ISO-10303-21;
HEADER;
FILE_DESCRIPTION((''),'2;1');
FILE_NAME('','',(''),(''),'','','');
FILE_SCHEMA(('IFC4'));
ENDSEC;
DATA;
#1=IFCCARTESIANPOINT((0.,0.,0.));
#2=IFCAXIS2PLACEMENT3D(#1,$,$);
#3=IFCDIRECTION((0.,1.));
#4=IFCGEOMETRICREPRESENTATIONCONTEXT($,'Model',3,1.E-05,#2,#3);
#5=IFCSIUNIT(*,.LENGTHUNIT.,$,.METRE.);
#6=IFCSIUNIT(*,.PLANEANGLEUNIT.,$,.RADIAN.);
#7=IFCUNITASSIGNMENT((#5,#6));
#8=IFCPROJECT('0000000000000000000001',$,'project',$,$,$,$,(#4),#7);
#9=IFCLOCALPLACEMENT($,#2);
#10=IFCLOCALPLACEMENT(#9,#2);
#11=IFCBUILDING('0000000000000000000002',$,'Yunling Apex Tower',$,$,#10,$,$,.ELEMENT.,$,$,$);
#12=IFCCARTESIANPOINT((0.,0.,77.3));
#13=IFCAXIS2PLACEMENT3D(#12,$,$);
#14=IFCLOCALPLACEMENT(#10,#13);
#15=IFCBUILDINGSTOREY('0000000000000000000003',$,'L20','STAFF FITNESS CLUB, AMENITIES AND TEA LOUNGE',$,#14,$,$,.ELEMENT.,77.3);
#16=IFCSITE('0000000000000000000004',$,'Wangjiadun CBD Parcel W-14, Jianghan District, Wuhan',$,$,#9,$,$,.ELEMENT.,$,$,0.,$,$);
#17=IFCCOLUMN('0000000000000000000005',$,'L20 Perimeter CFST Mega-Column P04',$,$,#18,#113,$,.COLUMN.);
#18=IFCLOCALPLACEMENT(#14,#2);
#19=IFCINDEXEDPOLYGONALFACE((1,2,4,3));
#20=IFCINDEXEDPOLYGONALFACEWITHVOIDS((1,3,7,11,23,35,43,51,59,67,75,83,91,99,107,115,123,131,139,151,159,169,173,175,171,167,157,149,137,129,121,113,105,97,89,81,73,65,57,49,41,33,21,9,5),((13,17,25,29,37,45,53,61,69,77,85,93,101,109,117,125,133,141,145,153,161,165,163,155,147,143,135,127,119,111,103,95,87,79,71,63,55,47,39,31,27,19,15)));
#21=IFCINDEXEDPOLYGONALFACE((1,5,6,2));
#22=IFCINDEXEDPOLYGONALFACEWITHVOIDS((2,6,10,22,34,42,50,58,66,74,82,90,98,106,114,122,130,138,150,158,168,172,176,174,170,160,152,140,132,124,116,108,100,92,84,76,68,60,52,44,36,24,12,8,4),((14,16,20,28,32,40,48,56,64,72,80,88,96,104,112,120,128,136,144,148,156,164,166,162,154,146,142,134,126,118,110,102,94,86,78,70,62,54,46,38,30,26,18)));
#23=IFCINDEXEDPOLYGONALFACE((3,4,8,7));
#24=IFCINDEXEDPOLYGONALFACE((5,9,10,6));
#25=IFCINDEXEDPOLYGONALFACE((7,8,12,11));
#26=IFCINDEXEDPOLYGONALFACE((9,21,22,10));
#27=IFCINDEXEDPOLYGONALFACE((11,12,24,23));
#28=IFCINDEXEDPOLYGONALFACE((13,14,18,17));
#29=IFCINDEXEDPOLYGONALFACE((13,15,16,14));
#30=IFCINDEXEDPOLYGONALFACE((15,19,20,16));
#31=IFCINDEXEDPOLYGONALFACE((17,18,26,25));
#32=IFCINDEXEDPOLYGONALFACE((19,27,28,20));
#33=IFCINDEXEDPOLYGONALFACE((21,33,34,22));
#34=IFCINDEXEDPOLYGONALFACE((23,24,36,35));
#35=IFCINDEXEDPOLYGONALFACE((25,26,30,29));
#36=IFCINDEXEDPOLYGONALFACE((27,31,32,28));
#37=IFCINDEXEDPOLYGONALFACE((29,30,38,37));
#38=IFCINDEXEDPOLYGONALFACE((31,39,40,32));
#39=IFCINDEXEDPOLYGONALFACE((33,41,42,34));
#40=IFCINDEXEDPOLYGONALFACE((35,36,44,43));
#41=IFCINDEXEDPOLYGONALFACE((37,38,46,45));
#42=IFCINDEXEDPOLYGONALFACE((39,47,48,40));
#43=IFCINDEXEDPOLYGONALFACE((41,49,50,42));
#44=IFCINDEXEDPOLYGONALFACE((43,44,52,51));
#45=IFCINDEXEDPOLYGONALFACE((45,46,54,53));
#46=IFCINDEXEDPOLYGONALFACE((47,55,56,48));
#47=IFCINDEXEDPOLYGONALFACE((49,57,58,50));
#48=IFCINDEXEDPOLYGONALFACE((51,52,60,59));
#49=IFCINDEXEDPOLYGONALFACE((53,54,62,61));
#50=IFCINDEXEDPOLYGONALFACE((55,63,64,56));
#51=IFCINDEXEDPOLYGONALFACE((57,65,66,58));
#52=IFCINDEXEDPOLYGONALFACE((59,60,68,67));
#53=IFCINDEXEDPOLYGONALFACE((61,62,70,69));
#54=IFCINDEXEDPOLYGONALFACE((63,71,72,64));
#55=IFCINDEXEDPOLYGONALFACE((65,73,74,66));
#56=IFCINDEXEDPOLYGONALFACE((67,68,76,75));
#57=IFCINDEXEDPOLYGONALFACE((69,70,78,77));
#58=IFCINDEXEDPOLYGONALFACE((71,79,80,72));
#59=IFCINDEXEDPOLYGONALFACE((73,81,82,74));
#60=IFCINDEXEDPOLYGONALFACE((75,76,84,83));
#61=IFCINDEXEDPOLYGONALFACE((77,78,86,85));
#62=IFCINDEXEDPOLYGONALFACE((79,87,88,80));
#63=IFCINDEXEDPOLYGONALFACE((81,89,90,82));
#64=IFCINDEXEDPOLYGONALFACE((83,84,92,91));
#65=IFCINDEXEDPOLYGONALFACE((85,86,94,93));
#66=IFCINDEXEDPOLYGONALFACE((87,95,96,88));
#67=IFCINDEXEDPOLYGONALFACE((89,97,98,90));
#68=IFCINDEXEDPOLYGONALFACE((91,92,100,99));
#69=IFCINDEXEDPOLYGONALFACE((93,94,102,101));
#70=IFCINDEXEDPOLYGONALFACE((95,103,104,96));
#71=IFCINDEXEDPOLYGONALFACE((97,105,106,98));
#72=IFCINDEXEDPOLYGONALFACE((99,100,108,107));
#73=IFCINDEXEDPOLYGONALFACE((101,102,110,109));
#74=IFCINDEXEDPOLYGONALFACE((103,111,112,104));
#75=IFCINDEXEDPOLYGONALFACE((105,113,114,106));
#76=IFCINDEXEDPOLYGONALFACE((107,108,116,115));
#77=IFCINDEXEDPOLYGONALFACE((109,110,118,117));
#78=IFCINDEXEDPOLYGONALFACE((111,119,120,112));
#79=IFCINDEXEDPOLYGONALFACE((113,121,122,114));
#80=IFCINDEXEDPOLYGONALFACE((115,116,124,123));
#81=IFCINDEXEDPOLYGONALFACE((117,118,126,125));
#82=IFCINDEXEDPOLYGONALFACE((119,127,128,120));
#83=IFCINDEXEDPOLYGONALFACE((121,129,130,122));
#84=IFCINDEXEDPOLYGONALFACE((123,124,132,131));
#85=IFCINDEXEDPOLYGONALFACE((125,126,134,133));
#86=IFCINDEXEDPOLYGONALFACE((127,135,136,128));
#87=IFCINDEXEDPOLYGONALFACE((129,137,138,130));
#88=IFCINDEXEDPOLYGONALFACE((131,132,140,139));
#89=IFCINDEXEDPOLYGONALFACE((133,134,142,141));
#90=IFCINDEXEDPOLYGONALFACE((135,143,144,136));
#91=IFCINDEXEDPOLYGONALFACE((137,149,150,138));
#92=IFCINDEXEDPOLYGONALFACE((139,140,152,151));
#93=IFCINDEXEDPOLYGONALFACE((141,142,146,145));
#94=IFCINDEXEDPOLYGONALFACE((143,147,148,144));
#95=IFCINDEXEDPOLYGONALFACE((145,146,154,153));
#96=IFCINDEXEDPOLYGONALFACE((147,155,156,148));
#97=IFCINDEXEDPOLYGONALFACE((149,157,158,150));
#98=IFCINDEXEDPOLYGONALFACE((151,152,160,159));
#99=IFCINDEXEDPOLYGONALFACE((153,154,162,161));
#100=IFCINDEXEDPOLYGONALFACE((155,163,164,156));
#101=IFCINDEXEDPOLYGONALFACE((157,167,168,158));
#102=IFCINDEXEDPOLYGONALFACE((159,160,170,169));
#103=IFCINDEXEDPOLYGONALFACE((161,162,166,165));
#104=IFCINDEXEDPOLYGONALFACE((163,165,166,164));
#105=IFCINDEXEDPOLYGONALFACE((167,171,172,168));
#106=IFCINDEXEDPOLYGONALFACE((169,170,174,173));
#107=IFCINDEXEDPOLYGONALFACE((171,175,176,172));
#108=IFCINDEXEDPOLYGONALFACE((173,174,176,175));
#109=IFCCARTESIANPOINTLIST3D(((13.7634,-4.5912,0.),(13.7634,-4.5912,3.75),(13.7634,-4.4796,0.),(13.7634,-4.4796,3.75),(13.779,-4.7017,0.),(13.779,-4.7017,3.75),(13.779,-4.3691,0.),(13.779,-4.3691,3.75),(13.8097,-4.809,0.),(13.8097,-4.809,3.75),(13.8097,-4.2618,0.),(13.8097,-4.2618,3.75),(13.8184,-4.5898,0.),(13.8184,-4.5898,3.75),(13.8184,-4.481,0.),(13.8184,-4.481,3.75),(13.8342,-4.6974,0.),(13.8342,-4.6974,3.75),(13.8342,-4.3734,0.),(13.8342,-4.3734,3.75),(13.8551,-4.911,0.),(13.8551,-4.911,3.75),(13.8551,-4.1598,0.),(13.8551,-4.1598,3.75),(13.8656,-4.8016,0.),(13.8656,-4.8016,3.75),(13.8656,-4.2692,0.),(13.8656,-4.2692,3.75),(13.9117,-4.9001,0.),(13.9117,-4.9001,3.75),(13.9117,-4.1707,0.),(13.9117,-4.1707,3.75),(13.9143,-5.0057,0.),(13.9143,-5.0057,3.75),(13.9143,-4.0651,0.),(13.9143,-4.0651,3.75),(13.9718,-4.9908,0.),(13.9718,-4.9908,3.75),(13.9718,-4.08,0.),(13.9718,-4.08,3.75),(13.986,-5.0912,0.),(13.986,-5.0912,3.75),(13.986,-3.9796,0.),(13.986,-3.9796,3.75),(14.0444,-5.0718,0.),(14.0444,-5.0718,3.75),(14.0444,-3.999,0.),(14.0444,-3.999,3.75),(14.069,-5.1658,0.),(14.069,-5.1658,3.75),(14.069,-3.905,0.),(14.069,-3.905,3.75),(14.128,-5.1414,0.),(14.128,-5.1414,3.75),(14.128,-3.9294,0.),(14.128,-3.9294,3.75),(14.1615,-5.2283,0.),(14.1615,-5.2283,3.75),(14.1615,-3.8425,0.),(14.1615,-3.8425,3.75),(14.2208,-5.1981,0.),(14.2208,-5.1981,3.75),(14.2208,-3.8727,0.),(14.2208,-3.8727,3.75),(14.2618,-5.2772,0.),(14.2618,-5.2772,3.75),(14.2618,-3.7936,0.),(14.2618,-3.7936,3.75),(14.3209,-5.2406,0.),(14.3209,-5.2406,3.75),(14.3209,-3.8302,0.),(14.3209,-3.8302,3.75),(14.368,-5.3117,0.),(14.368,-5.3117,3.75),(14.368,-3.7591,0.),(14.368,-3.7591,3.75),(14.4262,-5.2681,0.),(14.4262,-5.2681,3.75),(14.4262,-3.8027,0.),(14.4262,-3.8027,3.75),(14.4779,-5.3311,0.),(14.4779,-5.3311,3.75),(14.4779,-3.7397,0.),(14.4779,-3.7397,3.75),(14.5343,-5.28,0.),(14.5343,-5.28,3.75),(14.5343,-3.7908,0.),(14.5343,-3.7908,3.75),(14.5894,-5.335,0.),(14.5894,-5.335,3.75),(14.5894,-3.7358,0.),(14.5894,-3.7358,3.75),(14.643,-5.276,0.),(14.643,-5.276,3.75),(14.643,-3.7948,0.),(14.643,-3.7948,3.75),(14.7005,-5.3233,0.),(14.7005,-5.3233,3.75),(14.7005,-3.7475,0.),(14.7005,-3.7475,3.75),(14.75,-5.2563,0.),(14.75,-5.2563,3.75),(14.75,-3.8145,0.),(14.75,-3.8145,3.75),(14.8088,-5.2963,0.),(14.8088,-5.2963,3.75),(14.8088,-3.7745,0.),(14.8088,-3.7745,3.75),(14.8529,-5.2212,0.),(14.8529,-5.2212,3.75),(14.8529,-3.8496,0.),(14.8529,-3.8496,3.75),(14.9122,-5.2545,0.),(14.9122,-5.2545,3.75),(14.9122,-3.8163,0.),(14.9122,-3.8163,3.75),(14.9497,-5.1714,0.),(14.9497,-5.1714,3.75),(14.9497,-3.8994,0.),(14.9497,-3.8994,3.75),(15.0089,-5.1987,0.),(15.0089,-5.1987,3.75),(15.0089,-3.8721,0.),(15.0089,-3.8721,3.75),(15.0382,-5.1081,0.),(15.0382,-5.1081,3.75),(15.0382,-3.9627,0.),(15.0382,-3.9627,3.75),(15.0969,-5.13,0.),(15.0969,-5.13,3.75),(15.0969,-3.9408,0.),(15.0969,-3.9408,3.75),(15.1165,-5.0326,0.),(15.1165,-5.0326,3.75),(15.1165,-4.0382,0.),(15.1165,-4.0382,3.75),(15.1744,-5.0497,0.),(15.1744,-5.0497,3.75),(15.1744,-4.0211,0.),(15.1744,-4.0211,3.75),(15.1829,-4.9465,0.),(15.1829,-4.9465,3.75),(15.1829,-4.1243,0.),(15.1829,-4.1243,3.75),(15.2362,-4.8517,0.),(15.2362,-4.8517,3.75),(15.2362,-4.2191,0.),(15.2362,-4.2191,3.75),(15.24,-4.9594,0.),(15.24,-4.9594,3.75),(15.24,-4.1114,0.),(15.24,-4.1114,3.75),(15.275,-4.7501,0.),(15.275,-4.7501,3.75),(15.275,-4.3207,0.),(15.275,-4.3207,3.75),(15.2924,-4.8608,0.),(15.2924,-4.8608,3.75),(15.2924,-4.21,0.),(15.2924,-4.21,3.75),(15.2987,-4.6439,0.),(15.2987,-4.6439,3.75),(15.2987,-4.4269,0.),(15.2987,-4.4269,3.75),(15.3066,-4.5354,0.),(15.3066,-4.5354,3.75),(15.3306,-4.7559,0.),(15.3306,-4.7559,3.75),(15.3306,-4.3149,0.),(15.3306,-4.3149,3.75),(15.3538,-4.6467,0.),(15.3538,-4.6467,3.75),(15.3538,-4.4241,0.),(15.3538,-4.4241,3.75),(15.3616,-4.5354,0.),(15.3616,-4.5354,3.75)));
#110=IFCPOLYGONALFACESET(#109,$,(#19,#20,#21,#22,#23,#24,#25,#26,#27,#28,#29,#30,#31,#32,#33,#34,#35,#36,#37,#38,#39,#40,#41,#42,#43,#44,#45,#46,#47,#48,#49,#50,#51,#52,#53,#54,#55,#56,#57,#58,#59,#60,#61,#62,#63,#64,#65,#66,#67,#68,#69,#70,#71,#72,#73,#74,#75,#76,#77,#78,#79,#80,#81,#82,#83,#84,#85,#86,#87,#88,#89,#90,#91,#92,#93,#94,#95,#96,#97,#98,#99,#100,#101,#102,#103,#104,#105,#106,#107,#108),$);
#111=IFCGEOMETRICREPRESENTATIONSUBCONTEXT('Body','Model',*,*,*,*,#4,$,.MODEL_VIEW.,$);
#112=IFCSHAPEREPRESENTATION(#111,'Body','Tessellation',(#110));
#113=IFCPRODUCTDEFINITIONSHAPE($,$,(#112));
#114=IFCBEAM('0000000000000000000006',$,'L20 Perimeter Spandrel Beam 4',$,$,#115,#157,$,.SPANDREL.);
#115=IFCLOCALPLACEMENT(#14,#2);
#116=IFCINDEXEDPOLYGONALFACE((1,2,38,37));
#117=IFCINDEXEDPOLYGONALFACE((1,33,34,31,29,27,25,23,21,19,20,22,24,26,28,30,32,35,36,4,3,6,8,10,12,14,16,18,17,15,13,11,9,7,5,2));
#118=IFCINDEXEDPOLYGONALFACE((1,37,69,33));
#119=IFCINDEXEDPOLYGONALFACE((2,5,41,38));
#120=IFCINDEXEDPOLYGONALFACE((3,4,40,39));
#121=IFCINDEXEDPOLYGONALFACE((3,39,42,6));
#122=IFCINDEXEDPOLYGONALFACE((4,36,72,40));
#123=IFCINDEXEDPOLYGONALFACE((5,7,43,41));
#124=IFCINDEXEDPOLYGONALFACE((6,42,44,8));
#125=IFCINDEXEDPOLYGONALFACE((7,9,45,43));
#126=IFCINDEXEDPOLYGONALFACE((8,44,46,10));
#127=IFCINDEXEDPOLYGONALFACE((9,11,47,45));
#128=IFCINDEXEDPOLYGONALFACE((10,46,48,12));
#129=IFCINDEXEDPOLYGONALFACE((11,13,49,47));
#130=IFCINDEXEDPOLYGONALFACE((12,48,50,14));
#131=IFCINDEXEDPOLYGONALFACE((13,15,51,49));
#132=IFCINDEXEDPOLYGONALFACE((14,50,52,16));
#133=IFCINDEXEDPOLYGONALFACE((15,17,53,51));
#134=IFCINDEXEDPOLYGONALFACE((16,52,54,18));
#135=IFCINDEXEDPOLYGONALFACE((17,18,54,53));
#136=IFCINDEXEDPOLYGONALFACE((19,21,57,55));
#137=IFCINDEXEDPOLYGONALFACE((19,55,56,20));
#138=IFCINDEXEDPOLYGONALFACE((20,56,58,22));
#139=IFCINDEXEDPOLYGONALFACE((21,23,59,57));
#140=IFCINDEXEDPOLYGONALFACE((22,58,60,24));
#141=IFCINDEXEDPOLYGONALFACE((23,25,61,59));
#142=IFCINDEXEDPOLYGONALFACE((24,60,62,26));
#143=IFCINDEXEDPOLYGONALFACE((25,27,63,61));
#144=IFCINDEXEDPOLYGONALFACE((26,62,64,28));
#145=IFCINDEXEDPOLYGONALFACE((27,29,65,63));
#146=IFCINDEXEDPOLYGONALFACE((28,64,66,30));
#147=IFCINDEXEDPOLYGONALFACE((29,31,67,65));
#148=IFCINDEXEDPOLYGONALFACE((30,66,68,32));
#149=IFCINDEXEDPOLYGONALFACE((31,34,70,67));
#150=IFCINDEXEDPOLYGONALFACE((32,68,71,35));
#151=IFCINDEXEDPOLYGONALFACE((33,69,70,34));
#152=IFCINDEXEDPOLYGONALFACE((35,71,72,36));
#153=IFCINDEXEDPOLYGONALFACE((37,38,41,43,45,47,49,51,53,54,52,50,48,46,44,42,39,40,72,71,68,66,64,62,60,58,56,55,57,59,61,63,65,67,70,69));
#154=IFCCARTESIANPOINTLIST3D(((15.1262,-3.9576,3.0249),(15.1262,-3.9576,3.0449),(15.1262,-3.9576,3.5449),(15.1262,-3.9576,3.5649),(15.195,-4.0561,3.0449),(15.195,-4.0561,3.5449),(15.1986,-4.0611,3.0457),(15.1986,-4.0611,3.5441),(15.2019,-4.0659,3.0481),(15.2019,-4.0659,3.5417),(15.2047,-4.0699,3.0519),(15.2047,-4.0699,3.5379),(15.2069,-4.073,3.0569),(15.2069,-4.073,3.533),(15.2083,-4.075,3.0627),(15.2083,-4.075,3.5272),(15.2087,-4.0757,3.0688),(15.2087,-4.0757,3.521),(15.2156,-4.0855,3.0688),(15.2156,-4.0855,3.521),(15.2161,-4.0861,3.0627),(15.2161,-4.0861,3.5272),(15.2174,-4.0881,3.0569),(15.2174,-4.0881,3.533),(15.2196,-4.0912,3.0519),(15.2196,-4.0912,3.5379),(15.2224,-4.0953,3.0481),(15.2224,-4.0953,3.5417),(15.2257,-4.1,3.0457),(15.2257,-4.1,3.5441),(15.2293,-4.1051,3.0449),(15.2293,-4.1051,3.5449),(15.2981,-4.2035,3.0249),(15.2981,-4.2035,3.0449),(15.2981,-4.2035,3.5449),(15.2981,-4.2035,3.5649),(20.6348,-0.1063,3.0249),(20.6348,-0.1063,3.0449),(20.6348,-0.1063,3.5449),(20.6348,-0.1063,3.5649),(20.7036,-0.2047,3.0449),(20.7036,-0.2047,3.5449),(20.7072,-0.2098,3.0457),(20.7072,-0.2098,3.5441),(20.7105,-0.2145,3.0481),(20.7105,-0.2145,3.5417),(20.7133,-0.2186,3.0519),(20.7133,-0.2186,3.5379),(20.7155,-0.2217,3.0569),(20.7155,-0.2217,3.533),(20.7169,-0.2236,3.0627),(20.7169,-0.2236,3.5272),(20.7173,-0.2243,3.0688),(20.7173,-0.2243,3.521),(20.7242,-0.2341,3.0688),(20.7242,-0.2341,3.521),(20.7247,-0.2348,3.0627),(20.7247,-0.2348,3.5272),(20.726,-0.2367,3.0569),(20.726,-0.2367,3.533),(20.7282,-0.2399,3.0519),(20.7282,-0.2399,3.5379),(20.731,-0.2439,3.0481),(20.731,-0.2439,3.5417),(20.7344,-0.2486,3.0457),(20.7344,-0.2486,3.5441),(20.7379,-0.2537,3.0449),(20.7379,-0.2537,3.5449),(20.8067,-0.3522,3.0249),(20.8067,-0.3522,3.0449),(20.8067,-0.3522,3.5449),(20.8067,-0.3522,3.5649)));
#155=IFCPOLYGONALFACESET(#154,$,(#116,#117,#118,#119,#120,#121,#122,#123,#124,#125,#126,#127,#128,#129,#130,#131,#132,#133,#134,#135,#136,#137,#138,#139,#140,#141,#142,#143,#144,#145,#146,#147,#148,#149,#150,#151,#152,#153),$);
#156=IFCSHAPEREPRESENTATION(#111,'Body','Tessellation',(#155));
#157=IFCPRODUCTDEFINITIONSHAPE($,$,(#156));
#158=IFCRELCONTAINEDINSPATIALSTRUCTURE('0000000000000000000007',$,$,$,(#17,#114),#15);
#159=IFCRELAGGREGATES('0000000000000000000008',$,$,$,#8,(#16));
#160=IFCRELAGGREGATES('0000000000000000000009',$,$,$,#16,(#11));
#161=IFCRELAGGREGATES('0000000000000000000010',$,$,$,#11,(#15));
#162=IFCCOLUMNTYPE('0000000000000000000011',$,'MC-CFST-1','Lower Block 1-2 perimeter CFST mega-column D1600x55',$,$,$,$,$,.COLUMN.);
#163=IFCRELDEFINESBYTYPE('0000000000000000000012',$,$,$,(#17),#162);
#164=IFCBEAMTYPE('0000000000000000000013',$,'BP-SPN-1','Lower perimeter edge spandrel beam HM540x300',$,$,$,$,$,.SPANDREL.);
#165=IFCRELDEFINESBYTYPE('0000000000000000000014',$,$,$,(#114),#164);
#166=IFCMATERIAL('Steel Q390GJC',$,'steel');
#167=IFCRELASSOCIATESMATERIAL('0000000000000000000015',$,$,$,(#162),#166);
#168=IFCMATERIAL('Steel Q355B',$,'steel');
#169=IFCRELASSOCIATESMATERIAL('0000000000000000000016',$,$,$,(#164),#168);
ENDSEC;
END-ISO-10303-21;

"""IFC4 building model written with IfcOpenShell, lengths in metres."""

from ifc_helpers import new_model, si_unit, direction, frame, origin, origin_2d, place, context, subcontext, project, spatial, hollow_circle, i_section, extrude, source, transform, mapped, material, material_profile, profile_set, type_object, element, save


model = new_model("IFC4")

# Units and contexts
model_context = context("Model", 3, precision=1e-05, world=origin(), true_north=direction((0.0, 1.0)))
body_context = subcontext(model_context, "Body", "Model", "MODEL_VIEW")
ifc_project = project(units=[si_unit("LENGTHUNIT", "METRE"), si_unit("PLANEANGLEUNIT", "RADIAN")], contexts=[model_context])

# Site, building, storey
site_placement = place(None, origin())
site = spatial("IfcSite", under=ifc_project, at=site_placement, Name="Wangjiadun CBD Parcel W-14, Jianghan District, Wuhan", CompositionType="ELEMENT", RefElevation=0.0)
building_placement = place(site_placement, origin())
building = spatial("IfcBuilding", under=site, at=building_placement, Name="Yunling Apex Tower", CompositionType="ELEMENT")
storey_placement = place(building_placement, frame((0.0, 0.0, 77.3)))
storey = spatial("IfcBuildingStorey", under=building, at=storey_placement, Name="L20", Description="STAFF FITNESS CLUB, AMENITIES AND TEA LOUNGE", CompositionType="ELEMENT", Elevation=77.3)

# Column
ifc_material_1 = material(Name="Steel Q390GJC", Category="steel")
ifc_material_profile_1 = material_profile(ifc_material_1, hollow_circle(Radius=0.8, WallThickness=0.0549, at=origin_2d()))
ifc_profile_set_1 = profile_set([ifc_material_profile_1], Name="Steel Q390GJC")
column_type = type_object("IfcColumnType", Name="MC-CFST-1", Description="Lower Block 1-2 perimeter CFST mega-column D1600x55", PredefinedType="COLUMN", material=ifc_profile_set_1)
shared_shape_1 = source(origin(), body_context, "Body", "SweptSolid", [
    extrude(hollow_circle(Radius=0.8, WallThickness=0.0549, at=origin_2d()), origin(), (0.0, 0.0, 1.0), 3.75),
])
column_placement = place(storey_placement, frame((14.5615, -4.5354, 0.0), z_axis=(0.0, 0.0, 1.0), x_axis=(1.0, 0.0, 0.0)))
element("IfcColumn", 1, at=column_placement, inside=storey, type_object=column_type, Name="L20 Perimeter CFST Mega-Column P04", PredefinedType="COLUMN", context=body_context, shape_type="MappedRepresentation", body=[
    mapped(shared_shape_1, transform((0.0, 0.0, 0.0), scale=1.0)),
])

# Beam
ifc_material_2 = material(Name="Steel Q355B", Category="steel")
ifc_material_profile_2 = material_profile(ifc_material_2, i_section(OverallWidth=0.3, OverallDepth=0.54, WebThickness=0.012, FlangeThickness=0.02, FilletRadius=0.0239, at=origin_2d()))
ifc_profile_set_2 = profile_set([ifc_material_profile_2], Name="Steel Q355B")
beam_type_1 = type_object("IfcBeamType", Name="BP-SPN-1", Description="Lower perimeter edge spandrel beam HM540x300", PredefinedType="SPANDREL", material=ifc_profile_set_2)
shared_shape_2 = source(origin(), body_context, "Body", "SweptSolid", [
    extrude(i_section(OverallWidth=0.3, OverallDepth=0.54, WebThickness=0.012, FlangeThickness=0.02, FilletRadius=0.0239, at=origin_2d()), origin(), (0.0, 0.0, 1.0), 6.7214),
])
beam_1_placement = place(storey_placement, frame((15.2122, -4.0806, 3.2949), z_axis=(0.819558, 0.572997, 0.0), x_axis=(-0.572997, 0.819558, 0.0)))
element("IfcBeam", 2, at=beam_1_placement, inside=storey, type_object=beam_type_1, Name="L20 Perimeter Spandrel Beam 4", PredefinedType="SPANDREL", context=body_context, shape_type="MappedRepresentation", body=[
    mapped(shared_shape_2, transform((0.0, 0.0, 0.0), scale=1.0)),
])

save(model, "model.ifc")
